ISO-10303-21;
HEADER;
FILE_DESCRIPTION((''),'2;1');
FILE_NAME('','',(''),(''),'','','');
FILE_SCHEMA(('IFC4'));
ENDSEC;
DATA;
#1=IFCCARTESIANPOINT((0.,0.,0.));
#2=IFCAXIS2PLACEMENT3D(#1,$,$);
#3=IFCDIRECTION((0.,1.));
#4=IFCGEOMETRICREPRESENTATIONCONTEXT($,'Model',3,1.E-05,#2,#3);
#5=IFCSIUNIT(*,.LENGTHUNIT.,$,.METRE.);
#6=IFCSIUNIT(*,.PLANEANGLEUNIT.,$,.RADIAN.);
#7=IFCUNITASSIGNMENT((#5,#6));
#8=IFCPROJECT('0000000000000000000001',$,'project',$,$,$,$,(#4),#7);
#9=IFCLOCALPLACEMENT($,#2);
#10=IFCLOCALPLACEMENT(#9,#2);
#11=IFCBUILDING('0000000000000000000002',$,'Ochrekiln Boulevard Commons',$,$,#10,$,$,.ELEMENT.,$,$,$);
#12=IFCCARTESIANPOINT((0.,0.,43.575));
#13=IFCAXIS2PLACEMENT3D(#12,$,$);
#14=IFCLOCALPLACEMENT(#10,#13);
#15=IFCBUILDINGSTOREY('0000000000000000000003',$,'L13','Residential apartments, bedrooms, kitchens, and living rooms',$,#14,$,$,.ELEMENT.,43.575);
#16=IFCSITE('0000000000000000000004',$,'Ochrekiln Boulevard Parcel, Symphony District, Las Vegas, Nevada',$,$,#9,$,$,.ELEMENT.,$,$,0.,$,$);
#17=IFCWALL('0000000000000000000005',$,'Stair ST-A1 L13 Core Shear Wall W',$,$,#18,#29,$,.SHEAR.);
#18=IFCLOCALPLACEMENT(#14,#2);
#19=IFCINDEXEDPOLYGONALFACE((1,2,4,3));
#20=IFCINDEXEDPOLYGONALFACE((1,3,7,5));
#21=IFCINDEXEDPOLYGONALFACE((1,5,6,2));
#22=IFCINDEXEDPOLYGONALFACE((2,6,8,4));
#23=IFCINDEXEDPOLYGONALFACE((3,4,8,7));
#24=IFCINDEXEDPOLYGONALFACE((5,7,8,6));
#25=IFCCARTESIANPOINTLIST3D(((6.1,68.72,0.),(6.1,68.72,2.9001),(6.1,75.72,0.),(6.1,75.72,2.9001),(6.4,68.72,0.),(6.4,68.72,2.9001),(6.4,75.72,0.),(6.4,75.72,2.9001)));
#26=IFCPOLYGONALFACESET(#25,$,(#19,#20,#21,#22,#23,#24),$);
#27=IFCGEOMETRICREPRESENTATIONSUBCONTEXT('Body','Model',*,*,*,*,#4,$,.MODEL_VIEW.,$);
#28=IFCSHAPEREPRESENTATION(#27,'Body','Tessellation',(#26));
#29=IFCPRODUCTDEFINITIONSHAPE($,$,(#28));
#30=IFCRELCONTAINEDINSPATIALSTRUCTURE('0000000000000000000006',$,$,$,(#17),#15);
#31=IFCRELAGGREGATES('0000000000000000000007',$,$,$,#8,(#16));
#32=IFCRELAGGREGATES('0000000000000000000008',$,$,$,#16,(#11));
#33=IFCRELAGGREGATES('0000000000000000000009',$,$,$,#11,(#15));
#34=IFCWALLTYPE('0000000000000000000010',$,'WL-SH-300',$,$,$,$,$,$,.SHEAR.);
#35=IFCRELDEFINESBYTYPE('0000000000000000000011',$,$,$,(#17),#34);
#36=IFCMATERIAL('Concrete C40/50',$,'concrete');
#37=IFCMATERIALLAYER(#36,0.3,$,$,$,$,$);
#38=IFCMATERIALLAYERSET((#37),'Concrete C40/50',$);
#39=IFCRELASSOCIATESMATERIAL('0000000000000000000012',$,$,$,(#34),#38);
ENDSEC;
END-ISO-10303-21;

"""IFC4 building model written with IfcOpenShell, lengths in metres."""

from ifc_helpers import new_model, si_unit, direction, frame, frame_2d, origin, place, context, subcontext, project, spatial, rectangle, extrude, material, layer, layer_set, type_object, element, save


model = new_model("IFC4")

# Units and contexts
model_context = context("Model", 3, precision=1e-05, world=origin(), true_north=direction((0.0, 1.0)))
body_context = subcontext(model_context, "Body", "Model", "MODEL_VIEW")
ifc_project = project(units=[si_unit("LENGTHUNIT", "METRE"), si_unit("PLANEANGLEUNIT", "RADIAN")], contexts=[model_context])

# Site, building, storey
site_placement = place(None, origin())
site = spatial("IfcSite", under=ifc_project, at=site_placement, Name="Ochrekiln Boulevard Parcel, Symphony District, Las Vegas, Nevada", CompositionType="ELEMENT", RefElevation=0.0)
building_placement = place(site_placement, origin())
building = spatial("IfcBuilding", under=site, at=building_placement, Name="Ochrekiln Boulevard Commons", CompositionType="ELEMENT")
storey_placement = place(building_placement, frame((0.0, 0.0, 43.575)))
storey = spatial("IfcBuildingStorey", under=building, at=storey_placement, Name="L13", Description="Residential apartments, bedrooms, kitchens, and living rooms", CompositionType="ELEMENT", Elevation=43.575)

# Shared definitions
ifc_material_1 = material(Name="Concrete C40/50", Category="concrete")

# Wall
ifc_layer_1 = layer(ifc_material_1, 0.3)
ifc_layer_set_1 = layer_set([ifc_layer_1], Name="Concrete C40/50")
wall_type_1 = type_object("IfcWallType", Name="WL-SH-300", PredefinedType="SHEAR", material=ifc_layer_set_1)
wall_1_placement = place(storey_placement, frame((6.25, 68.72, 0.0), z_axis=(0.0, 0.0, 1.0), x_axis=(0.0, 1.0, 0.0)))
element("IfcWall", 1, at=wall_1_placement, inside=storey, type_object=wall_type_1, Name="Stair ST-A1 L13 Core Shear Wall W", PredefinedType="SHEAR", context=body_context, shape_type="SweptSolid", body=[
    extrude(rectangle(XDim=7.0, YDim=0.3, at=frame_2d((3.5, 0.0))), origin(), (0.0, 0.0, 1.0), 2.9001),
])

save(model, "model.ifc")
